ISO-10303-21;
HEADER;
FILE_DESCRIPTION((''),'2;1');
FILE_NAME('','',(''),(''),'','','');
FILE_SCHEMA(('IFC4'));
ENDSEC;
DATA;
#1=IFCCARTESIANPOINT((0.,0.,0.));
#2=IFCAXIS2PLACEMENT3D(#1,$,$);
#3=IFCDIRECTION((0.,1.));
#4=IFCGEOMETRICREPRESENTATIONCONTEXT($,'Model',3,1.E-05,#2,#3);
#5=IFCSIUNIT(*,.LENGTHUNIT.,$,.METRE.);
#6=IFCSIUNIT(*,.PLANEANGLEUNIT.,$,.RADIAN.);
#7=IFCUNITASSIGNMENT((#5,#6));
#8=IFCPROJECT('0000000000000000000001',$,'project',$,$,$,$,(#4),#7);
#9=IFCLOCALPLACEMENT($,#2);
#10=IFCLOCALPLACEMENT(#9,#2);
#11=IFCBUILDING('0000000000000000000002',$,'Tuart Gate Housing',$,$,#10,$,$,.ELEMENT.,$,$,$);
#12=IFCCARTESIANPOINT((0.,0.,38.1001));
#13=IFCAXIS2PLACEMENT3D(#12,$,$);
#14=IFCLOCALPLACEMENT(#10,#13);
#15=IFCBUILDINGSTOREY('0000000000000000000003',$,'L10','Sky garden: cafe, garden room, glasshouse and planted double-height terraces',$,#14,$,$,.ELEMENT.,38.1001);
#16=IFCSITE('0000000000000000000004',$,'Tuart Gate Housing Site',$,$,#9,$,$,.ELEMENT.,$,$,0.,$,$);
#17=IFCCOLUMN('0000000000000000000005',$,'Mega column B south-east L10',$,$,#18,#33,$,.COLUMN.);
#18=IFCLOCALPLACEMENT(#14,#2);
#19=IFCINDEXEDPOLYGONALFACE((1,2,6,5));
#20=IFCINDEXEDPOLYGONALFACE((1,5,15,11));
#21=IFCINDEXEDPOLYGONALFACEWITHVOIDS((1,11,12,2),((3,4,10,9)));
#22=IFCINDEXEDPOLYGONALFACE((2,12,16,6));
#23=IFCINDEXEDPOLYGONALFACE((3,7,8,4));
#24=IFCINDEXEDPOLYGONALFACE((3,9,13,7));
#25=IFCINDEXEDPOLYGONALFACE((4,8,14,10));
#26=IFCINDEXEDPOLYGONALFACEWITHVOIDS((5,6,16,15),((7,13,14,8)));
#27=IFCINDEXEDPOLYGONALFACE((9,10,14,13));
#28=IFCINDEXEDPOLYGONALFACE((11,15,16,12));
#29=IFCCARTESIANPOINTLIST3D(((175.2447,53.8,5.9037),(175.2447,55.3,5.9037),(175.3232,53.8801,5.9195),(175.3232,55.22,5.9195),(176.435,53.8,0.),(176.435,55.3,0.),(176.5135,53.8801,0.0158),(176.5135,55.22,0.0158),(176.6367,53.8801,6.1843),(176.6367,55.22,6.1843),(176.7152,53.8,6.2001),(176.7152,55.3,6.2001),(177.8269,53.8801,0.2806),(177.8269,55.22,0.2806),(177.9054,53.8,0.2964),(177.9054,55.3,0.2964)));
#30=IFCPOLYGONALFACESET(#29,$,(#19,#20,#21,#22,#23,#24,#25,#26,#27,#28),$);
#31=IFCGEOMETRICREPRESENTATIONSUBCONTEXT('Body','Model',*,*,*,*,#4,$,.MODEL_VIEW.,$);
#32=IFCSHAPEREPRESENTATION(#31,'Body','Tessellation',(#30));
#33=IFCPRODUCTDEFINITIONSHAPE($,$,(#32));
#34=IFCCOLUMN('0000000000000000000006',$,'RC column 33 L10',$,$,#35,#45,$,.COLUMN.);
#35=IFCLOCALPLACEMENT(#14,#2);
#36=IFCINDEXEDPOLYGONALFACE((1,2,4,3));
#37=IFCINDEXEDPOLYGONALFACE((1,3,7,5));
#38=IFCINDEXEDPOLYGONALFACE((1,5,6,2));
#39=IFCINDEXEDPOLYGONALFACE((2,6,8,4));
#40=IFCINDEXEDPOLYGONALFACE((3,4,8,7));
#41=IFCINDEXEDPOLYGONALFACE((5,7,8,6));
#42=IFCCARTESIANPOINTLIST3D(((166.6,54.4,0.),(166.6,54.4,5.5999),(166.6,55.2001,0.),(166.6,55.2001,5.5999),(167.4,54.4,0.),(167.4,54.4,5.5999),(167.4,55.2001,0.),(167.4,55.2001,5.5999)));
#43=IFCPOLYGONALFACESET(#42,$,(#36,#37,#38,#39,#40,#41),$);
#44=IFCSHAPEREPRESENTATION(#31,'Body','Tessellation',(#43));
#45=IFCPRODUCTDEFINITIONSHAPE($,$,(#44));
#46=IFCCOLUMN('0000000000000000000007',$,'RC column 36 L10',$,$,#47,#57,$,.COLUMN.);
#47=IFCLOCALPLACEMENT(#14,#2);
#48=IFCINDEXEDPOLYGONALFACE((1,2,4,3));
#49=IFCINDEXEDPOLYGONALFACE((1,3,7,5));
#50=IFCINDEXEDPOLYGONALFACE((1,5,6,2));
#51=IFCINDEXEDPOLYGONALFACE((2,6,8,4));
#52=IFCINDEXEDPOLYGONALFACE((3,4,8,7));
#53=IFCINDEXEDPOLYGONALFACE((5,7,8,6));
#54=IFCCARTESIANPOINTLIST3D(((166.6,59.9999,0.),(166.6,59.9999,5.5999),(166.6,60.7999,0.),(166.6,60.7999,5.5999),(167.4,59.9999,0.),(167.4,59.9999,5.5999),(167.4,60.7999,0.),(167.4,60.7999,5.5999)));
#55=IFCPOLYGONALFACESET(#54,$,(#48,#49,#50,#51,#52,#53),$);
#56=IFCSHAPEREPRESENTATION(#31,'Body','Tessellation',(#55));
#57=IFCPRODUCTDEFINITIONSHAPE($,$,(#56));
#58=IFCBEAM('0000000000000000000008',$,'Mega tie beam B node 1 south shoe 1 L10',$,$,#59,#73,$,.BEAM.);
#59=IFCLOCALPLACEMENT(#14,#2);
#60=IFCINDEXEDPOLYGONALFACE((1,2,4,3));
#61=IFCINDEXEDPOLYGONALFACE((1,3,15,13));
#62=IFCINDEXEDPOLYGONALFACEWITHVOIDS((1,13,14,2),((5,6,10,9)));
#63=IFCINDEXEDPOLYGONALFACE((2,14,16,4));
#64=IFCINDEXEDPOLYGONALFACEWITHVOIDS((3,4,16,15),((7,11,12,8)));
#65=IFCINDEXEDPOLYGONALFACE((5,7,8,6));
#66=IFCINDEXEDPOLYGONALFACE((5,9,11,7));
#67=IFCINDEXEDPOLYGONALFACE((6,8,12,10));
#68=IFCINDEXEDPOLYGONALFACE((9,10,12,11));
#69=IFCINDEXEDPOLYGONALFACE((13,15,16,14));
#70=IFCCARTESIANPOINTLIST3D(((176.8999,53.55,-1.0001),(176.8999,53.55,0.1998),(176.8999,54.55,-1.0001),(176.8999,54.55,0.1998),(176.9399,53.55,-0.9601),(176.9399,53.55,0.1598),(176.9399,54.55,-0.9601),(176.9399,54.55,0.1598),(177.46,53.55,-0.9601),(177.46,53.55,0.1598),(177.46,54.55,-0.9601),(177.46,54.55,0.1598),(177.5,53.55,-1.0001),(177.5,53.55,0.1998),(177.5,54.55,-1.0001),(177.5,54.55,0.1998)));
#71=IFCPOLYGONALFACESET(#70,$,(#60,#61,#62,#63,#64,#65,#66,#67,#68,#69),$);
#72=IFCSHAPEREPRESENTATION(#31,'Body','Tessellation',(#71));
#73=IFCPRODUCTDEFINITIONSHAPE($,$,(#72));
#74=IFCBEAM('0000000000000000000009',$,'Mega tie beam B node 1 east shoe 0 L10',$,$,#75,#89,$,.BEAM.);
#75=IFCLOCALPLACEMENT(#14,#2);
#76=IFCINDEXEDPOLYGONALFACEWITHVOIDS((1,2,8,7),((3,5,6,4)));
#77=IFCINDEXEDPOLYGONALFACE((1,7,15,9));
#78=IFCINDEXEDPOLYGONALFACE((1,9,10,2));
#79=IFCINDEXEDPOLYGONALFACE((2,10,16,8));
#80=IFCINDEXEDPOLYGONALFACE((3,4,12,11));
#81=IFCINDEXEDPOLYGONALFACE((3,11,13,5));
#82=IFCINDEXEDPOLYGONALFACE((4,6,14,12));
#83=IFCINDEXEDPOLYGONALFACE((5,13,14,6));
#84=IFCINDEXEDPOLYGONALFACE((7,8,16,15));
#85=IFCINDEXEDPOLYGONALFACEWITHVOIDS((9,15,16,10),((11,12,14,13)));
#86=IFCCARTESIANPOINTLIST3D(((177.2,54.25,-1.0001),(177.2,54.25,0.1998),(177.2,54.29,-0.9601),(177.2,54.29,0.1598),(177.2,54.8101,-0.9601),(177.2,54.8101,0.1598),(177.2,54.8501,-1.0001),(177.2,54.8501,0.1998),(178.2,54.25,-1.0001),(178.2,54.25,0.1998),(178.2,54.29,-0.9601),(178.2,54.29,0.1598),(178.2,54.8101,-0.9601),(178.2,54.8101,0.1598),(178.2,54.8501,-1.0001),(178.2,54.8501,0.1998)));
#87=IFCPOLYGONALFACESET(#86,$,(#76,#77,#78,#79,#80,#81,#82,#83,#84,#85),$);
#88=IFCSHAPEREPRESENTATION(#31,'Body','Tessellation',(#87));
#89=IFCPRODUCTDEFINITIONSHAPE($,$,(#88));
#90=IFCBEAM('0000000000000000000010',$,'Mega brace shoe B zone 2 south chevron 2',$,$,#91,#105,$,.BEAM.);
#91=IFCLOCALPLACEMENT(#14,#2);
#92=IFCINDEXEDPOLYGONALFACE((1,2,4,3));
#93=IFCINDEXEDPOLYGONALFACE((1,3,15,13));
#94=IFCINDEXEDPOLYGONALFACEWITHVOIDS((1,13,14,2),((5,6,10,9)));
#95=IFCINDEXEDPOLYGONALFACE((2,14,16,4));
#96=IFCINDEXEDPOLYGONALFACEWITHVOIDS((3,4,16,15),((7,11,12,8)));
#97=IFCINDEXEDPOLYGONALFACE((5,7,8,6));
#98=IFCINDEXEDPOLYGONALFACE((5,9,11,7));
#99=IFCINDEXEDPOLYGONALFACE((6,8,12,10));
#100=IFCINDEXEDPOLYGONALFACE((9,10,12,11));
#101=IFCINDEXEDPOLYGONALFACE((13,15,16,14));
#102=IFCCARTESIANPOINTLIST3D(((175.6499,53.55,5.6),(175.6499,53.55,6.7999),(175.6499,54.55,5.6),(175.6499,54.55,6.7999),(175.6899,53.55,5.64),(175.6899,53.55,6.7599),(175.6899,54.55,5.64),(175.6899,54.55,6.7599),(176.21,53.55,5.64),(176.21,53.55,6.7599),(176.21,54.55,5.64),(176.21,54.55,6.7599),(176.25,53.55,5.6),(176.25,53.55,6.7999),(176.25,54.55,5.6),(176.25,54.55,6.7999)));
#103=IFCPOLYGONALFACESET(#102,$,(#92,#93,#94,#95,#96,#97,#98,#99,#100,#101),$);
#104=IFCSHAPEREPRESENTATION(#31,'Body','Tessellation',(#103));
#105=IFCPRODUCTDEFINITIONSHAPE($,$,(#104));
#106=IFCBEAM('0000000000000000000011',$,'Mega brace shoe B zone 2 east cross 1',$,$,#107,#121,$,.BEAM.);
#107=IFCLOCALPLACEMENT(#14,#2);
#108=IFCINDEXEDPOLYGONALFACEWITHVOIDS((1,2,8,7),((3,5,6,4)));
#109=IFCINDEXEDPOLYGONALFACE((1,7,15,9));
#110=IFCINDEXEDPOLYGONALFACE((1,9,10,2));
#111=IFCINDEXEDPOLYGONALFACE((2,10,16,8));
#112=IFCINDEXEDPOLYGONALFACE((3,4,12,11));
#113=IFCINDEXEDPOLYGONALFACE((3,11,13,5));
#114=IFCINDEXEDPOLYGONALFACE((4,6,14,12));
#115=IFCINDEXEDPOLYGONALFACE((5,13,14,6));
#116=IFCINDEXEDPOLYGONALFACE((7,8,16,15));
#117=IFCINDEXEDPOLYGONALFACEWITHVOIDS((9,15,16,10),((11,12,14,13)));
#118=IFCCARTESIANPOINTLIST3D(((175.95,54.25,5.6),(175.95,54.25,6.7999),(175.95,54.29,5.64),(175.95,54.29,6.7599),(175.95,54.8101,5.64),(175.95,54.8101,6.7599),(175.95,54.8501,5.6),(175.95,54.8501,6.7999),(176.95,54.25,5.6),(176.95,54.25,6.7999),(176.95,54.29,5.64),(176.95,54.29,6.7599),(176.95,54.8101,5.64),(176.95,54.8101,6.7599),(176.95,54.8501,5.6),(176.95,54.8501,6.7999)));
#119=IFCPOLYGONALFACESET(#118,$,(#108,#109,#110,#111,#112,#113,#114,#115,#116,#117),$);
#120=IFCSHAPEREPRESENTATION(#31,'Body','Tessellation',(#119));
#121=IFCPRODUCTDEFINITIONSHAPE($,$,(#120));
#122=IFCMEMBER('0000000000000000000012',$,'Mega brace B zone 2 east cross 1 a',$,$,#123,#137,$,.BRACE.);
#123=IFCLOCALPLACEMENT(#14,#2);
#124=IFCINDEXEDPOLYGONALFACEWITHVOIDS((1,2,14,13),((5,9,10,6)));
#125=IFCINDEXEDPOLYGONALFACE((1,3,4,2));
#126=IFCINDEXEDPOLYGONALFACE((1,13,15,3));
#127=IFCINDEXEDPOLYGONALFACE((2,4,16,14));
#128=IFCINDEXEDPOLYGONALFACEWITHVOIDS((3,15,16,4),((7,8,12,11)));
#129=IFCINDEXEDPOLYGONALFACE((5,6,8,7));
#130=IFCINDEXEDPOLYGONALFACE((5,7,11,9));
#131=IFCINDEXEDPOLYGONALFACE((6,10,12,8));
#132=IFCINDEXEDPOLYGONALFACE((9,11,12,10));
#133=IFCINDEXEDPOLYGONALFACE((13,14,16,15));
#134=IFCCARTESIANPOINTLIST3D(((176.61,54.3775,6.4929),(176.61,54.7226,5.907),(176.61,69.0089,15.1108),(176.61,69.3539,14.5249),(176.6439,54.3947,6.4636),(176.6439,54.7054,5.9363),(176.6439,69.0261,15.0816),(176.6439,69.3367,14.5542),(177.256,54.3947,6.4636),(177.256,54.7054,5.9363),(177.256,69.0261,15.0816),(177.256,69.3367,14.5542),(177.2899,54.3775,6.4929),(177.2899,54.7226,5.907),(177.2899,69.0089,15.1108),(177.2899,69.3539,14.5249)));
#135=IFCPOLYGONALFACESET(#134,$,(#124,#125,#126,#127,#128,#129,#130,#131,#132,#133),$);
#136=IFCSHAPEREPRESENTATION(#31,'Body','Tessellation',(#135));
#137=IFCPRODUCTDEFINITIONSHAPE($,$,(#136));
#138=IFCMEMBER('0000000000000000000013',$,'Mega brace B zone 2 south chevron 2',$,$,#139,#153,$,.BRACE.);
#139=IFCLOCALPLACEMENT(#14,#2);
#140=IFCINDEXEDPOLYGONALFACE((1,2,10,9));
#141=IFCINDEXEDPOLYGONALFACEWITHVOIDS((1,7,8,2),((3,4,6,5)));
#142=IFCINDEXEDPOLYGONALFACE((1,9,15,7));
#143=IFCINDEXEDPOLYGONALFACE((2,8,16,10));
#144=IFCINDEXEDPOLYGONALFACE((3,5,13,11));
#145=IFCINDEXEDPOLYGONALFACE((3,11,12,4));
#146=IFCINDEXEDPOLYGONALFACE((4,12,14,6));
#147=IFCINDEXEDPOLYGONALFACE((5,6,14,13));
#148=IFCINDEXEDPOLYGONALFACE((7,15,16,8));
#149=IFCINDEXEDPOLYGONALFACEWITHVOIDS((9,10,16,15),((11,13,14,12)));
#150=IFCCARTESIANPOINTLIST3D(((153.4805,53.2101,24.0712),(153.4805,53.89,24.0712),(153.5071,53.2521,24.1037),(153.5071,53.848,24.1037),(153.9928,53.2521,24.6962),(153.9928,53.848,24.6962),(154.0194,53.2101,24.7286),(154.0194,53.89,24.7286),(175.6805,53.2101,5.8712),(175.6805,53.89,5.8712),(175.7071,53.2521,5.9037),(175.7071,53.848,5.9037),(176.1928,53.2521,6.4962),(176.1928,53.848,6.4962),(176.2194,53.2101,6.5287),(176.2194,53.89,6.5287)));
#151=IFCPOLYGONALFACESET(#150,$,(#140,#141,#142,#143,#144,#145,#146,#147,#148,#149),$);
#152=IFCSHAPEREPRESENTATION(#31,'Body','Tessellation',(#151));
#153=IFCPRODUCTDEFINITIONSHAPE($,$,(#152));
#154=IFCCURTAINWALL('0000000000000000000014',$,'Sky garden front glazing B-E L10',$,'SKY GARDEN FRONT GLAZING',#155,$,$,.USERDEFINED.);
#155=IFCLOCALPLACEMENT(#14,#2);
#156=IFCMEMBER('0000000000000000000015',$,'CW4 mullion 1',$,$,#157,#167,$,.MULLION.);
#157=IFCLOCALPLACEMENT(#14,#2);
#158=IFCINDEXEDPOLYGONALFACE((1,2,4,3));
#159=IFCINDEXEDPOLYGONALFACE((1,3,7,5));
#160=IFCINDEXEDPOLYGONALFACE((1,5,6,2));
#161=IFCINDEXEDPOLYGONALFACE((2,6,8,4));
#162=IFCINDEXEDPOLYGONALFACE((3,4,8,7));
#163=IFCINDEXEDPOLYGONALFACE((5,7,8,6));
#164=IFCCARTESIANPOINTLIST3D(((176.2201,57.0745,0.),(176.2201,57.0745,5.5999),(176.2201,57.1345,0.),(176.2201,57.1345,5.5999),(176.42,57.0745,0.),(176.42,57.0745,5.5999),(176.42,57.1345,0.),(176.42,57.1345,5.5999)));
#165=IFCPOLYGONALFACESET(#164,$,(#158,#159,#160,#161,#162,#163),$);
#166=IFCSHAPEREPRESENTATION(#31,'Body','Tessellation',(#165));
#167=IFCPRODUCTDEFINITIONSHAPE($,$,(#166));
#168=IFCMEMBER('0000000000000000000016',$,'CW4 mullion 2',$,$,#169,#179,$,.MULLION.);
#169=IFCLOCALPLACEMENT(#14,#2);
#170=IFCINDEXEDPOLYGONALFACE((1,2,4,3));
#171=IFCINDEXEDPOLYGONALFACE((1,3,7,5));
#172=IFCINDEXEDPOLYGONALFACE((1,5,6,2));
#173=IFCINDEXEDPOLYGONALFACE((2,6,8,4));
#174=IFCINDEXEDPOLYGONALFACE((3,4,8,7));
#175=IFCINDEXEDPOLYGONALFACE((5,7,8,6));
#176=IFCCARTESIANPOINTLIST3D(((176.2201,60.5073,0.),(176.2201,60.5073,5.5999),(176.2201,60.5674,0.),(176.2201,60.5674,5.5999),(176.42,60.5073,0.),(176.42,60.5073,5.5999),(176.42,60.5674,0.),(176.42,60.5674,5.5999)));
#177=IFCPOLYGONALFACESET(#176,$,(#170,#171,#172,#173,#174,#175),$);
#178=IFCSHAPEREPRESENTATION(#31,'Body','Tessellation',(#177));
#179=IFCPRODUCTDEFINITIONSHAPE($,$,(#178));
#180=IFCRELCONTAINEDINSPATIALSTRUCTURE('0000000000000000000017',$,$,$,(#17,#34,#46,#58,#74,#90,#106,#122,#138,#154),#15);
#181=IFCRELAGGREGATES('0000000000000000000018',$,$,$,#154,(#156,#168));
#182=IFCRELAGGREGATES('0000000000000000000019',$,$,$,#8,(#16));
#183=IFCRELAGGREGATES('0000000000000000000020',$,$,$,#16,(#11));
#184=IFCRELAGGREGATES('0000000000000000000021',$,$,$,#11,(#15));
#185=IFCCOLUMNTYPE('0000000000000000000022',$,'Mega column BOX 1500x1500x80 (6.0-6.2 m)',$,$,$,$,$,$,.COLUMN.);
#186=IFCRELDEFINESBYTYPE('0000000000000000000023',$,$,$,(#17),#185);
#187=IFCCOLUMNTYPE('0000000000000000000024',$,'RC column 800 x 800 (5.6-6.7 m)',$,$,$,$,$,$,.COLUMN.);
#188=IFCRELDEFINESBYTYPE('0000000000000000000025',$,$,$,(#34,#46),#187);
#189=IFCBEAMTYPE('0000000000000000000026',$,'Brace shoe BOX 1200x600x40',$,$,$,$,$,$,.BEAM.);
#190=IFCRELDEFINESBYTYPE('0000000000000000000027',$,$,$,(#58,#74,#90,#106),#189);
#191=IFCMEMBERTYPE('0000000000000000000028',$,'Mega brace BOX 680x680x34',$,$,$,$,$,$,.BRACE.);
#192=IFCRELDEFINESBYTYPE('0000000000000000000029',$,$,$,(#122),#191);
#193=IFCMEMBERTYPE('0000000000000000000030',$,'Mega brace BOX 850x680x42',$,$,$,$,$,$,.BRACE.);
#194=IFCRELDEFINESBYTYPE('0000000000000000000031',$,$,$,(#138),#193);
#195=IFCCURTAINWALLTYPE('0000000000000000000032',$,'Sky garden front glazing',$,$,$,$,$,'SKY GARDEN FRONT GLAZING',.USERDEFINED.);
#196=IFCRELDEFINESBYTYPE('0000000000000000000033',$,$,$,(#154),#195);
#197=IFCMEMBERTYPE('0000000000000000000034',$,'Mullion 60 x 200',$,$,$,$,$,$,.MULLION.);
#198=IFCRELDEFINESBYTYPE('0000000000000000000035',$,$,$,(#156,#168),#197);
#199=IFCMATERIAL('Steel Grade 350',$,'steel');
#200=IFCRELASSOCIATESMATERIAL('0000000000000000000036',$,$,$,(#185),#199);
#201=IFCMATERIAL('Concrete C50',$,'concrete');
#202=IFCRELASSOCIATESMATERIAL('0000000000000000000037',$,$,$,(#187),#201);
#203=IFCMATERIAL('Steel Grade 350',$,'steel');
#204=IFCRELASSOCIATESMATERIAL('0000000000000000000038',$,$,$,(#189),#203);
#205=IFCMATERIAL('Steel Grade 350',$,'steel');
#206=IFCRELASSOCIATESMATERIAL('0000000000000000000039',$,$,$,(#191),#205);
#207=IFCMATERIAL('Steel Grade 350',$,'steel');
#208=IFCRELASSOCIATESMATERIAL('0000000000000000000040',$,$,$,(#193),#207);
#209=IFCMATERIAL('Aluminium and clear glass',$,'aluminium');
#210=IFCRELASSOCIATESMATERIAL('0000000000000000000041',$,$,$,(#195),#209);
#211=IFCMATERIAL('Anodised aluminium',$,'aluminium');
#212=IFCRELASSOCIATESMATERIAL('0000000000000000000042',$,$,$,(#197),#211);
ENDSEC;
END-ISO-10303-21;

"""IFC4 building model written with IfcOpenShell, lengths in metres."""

from ifc_helpers import new_model, si_unit, direction, frame, origin, origin_2d, place, context, subcontext, project, spatial, rectangle, hollow_rectangle, extrude, material, material_profile, profile_set, type_object, element, aggregate, save


model = new_model("IFC4")

# Units and contexts
model_context = context("Model", 3, precision=1e-05, world=origin(), true_north=direction((0.0, 1.0)))
body_context = subcontext(model_context, "Body", "Model", "MODEL_VIEW")
ifc_project = project(units=[si_unit("LENGTHUNIT", "METRE"), si_unit("PLANEANGLEUNIT", "RADIAN")], contexts=[model_context])

# Site, building, storey
site_placement = place(None, origin())
site = spatial("IfcSite", under=ifc_project, at=site_placement, Name="Tuart Gate Housing Site", CompositionType="ELEMENT", RefElevation=0.0)
building_placement = place(site_placement, origin())
building = spatial("IfcBuilding", under=site, at=building_placement, Name="Tuart Gate Housing", CompositionType="ELEMENT")
storey_placement = place(building_placement, frame((0.0, 0.0, 38.1001)))
storey = spatial("IfcBuildingStorey", under=building, at=storey_placement, Name="L10", Description="Sky garden: cafe, garden room, glasshouse and planted double-height terraces", CompositionType="ELEMENT", Elevation=38.1001)

# Columns
ifc_material_1 = material(Name="Steel Grade 350", Category="steel")
ifc_material_profile_1 = material_profile(ifc_material_1, hollow_rectangle(XDim=1.5, YDim=1.5, WallThickness=0.0801, at=origin_2d()), Name="BOX 1500x1500x80")
ifc_profile_set_1 = profile_set([ifc_material_profile_1], Name="Steel Grade 350")
column_type_1 = type_object("IfcColumnType", Name="Mega column BOX 1500x1500x80 (6.0-6.2 m)", PredefinedType="COLUMN", material=ifc_profile_set_1)
column_placement = place(storey_placement, frame((177.1702, 54.55, 0.1482), z_axis=(-0.197628, 0.0, 0.980277), x_axis=(0.0, -1.0, 0.0)))
element("IfcColumn", 1, at=column_placement, inside=storey, type_object=column_type_1, Name="Mega column B south-east L10", PredefinedType="COLUMN", context=body_context, shape_type="SweptSolid", body=[
    extrude(hollow_rectangle(XDim=1.5, YDim=1.5, WallThickness=0.0801, at=origin_2d()), origin(), (0.0, 0.0, 1.0), 6.0225),
])
ifc_material_2 = material(Name="Concrete C50", Category="concrete")
ifc_material_profile_2 = material_profile(ifc_material_2, rectangle(XDim=0.8, YDim=0.8, at=origin_2d()), Name="RC column 800 x 800 (5.6-6.7 m)")
ifc_profile_set_2 = profile_set([ifc_material_profile_2], Name="Concrete C50")
column_type_2 = type_object("IfcColumnType", Name="RC column 800 x 800 (5.6-6.7 m)", PredefinedType="COLUMN", material=ifc_profile_set_2)
for number, where, z_axis, x_axis, name in (
    (2, (167.0, 54.8, 0.0), (0.0, 0.0, 1.0), (1.0, 0.0, 0.0), "RC column 33 L10"),
    (3, (167.0, 60.3999, 0.0), (0.0, 0.0, 1.0), (1.0, 0.0, 0.0), "RC column 36 L10"),
):
    element("IfcColumn", number, at=place(storey_placement, frame(where, z_axis=z_axis, x_axis=x_axis)), inside=storey, type_object=column_type_2, Name=name, PredefinedType="COLUMN", context=body_context, shape_type="SweptSolid", body=[
        extrude(rectangle(XDim=0.8, YDim=0.8, at=origin_2d()), origin(), (0.0, 0.0, 1.0), 5.5999),
    ])

# Beams
ifc_material_3 = material(Name="Steel Grade 350", Category="steel")
ifc_material_profile_3 = material_profile(ifc_material_3, hollow_rectangle(XDim=0.6001, YDim=1.2, WallThickness=0.04, at=origin_2d()), Name="BOX 1200x600x40")
ifc_profile_set_3 = profile_set([ifc_material_profile_3], Name="Steel Grade 350")
beam_type_1 = type_object("IfcBeamType", Name="Brace shoe BOX 1200x600x40", PredefinedType="BEAM", material=ifc_profile_set_3)
for number, where, z_axis, x_axis, name in (
    (4, (177.2, 54.55, -0.4001), (0.0, -1.0, 0.0), (1.0, 0.0, 0.0), "Mega tie beam B node 1 south shoe 1 L10"),
    (5, (177.2, 54.55, -0.4001), (1.0, 0.0, 0.0), (0.0, 1.0, 0.0), "Mega tie beam B node 1 east shoe 0 L10"),
    (6, (175.95, 54.55, 6.2), (0.0, -1.0, 0.0), (1.0, 0.0, 0.0), "Mega brace shoe B zone 2 south chevron 2"),
    (7, (175.95, 54.55, 6.2), (1.0, 0.0, 0.0), (0.0, 1.0, 0.0), "Mega brace shoe B zone 2 east cross 1"),
):
    element("IfcBeam", number, at=place(storey_placement, frame(where, z_axis=z_axis, x_axis=x_axis)), inside=storey, type_object=beam_type_1, Name=name, PredefinedType="BEAM", context=body_context, shape_type="SweptSolid", body=[
        extrude(hollow_rectangle(XDim=0.6001, YDim=1.2, WallThickness=0.04, at=origin_2d()), origin(), (0.0, 0.0, 1.0), 1.0),
    ])

# Members
ifc_material_4 = material(Name="Steel Grade 350", Category="steel")
ifc_material_profile_4 = material_profile(ifc_material_4, hollow_rectangle(XDim=0.6799, YDim=0.6799, WallThickness=0.0339, at=origin_2d()), Name="BOX 680x680x34")
ifc_profile_set_4 = profile_set([ifc_material_profile_4], Name="Steel Grade 350")
member_type_1 = type_object("IfcMemberType", Name="Mega brace BOX 680x680x34", PredefinedType="BRACE", material=ifc_profile_set_4)
member_1_placement = place(storey_placement, frame((176.95, 54.55, 6.2), z_axis=(0.0, 0.861645, 0.507512), x_axis=(-1.0, 0.0, 0.0)))
element("IfcMember", 8, at=member_1_placement, inside=storey, type_object=member_type_1, Name="Mega brace B zone 2 east cross 1 a", PredefinedType="BRACE", context=body_context, shape_type="SweptSolid", body=[
    extrude(hollow_rectangle(XDim=0.6799, YDim=0.6799, WallThickness=0.0339, at=origin_2d()), origin(), (0.0, 0.0, 1.0), 16.9807),
])
ifc_material_5 = material(Name="Steel Grade 350", Category="steel")
ifc_material_profile_5 = material_profile(ifc_material_5, hollow_rectangle(XDim=0.6799, YDim=0.8501, WallThickness=0.042, at=origin_2d()), Name="BOX 850x680x42")
ifc_profile_set_5 = profile_set([ifc_material_profile_5], Name="Steel Grade 350")
member_type_2 = type_object("IfcMemberType", Name="Mega brace BOX 850x680x42", PredefinedType="BRACE", material=ifc_profile_set_5)
member_2_placement = place(storey_placement, frame((175.95, 53.55, 6.2), z_axis=(-0.773336, 0.0, 0.633996), x_axis=(0.0, -1.0, 0.0)))
element("IfcMember", 9, at=member_2_placement, inside=storey, type_object=member_type_2, Name="Mega brace B zone 2 south chevron 2", PredefinedType="BRACE", context=body_context, shape_type="SweptSolid", body=[
    extrude(hollow_rectangle(XDim=0.6799, YDim=0.8501, WallThickness=0.042, at=origin_2d()), origin(), (0.0, 0.0, 1.0), 28.7068),
])

# Curtain wall, members
ifc_material_6 = material(Name="Aluminium and clear glass", Category="aluminium")
curtain_wall_type = type_object("IfcCurtainWallType", Name="Sky garden front glazing", ElementType="SKY GARDEN FRONT GLAZING", PredefinedType="USERDEFINED", material=ifc_material_6)
curtain_wall_placement = place(storey_placement, origin())
curtain_wall = element("IfcCurtainWall", 10, at=curtain_wall_placement, inside=storey, type_object=curtain_wall_type, Name="Sky garden front glazing B-E L10", ObjectType="SKY GARDEN FRONT GLAZING", PredefinedType="USERDEFINED")
ifc_material_7 = material(Name="Anodised aluminium", Category="aluminium")
ifc_material_profile_6 = material_profile(ifc_material_7, rectangle(XDim=0.0601, YDim=0.2, at=origin_2d()), Name="60x200")
ifc_profile_set_6 = profile_set([ifc_material_profile_6], Name="Anodised aluminium")
member_type_3 = type_object("IfcMemberType", Name="Mullion 60 x 200", PredefinedType="MULLION", material=ifc_profile_set_6)
member_3_placement = place(storey_placement, frame((176.3201, 57.1045, 0.0), z_axis=(0.0, 0.0, 1.0), x_axis=(0.0, 1.0, 0.0)))
member_3 = element("IfcMember", 11, at=member_3_placement, type_object=member_type_3, Name="CW4 mullion 1", PredefinedType="MULLION", context=body_context, shape_type="SweptSolid", body=[
    extrude(rectangle(XDim=0.0601, YDim=0.2, at=origin_2d()), origin(), (0.0, 0.0, 1.0), 5.5999),
])
member_4_placement = place(storey_placement, frame((176.3201, 60.5374, 0.0), z_axis=(0.0, 0.0, 1.0), x_axis=(0.0, 1.0, 0.0)))
member_4 = element("IfcMember", 12, at=member_4_placement, type_object=member_type_3, Name="CW4 mullion 2", PredefinedType="MULLION", context=body_context, shape_type="SweptSolid", body=[
    extrude(rectangle(XDim=0.0601, YDim=0.2, at=origin_2d()), origin(), (0.0, 0.0, 1.0), 5.5999),
])

aggregate(curtain_wall, [member_3, member_4])

save(model, "model.ifc")
